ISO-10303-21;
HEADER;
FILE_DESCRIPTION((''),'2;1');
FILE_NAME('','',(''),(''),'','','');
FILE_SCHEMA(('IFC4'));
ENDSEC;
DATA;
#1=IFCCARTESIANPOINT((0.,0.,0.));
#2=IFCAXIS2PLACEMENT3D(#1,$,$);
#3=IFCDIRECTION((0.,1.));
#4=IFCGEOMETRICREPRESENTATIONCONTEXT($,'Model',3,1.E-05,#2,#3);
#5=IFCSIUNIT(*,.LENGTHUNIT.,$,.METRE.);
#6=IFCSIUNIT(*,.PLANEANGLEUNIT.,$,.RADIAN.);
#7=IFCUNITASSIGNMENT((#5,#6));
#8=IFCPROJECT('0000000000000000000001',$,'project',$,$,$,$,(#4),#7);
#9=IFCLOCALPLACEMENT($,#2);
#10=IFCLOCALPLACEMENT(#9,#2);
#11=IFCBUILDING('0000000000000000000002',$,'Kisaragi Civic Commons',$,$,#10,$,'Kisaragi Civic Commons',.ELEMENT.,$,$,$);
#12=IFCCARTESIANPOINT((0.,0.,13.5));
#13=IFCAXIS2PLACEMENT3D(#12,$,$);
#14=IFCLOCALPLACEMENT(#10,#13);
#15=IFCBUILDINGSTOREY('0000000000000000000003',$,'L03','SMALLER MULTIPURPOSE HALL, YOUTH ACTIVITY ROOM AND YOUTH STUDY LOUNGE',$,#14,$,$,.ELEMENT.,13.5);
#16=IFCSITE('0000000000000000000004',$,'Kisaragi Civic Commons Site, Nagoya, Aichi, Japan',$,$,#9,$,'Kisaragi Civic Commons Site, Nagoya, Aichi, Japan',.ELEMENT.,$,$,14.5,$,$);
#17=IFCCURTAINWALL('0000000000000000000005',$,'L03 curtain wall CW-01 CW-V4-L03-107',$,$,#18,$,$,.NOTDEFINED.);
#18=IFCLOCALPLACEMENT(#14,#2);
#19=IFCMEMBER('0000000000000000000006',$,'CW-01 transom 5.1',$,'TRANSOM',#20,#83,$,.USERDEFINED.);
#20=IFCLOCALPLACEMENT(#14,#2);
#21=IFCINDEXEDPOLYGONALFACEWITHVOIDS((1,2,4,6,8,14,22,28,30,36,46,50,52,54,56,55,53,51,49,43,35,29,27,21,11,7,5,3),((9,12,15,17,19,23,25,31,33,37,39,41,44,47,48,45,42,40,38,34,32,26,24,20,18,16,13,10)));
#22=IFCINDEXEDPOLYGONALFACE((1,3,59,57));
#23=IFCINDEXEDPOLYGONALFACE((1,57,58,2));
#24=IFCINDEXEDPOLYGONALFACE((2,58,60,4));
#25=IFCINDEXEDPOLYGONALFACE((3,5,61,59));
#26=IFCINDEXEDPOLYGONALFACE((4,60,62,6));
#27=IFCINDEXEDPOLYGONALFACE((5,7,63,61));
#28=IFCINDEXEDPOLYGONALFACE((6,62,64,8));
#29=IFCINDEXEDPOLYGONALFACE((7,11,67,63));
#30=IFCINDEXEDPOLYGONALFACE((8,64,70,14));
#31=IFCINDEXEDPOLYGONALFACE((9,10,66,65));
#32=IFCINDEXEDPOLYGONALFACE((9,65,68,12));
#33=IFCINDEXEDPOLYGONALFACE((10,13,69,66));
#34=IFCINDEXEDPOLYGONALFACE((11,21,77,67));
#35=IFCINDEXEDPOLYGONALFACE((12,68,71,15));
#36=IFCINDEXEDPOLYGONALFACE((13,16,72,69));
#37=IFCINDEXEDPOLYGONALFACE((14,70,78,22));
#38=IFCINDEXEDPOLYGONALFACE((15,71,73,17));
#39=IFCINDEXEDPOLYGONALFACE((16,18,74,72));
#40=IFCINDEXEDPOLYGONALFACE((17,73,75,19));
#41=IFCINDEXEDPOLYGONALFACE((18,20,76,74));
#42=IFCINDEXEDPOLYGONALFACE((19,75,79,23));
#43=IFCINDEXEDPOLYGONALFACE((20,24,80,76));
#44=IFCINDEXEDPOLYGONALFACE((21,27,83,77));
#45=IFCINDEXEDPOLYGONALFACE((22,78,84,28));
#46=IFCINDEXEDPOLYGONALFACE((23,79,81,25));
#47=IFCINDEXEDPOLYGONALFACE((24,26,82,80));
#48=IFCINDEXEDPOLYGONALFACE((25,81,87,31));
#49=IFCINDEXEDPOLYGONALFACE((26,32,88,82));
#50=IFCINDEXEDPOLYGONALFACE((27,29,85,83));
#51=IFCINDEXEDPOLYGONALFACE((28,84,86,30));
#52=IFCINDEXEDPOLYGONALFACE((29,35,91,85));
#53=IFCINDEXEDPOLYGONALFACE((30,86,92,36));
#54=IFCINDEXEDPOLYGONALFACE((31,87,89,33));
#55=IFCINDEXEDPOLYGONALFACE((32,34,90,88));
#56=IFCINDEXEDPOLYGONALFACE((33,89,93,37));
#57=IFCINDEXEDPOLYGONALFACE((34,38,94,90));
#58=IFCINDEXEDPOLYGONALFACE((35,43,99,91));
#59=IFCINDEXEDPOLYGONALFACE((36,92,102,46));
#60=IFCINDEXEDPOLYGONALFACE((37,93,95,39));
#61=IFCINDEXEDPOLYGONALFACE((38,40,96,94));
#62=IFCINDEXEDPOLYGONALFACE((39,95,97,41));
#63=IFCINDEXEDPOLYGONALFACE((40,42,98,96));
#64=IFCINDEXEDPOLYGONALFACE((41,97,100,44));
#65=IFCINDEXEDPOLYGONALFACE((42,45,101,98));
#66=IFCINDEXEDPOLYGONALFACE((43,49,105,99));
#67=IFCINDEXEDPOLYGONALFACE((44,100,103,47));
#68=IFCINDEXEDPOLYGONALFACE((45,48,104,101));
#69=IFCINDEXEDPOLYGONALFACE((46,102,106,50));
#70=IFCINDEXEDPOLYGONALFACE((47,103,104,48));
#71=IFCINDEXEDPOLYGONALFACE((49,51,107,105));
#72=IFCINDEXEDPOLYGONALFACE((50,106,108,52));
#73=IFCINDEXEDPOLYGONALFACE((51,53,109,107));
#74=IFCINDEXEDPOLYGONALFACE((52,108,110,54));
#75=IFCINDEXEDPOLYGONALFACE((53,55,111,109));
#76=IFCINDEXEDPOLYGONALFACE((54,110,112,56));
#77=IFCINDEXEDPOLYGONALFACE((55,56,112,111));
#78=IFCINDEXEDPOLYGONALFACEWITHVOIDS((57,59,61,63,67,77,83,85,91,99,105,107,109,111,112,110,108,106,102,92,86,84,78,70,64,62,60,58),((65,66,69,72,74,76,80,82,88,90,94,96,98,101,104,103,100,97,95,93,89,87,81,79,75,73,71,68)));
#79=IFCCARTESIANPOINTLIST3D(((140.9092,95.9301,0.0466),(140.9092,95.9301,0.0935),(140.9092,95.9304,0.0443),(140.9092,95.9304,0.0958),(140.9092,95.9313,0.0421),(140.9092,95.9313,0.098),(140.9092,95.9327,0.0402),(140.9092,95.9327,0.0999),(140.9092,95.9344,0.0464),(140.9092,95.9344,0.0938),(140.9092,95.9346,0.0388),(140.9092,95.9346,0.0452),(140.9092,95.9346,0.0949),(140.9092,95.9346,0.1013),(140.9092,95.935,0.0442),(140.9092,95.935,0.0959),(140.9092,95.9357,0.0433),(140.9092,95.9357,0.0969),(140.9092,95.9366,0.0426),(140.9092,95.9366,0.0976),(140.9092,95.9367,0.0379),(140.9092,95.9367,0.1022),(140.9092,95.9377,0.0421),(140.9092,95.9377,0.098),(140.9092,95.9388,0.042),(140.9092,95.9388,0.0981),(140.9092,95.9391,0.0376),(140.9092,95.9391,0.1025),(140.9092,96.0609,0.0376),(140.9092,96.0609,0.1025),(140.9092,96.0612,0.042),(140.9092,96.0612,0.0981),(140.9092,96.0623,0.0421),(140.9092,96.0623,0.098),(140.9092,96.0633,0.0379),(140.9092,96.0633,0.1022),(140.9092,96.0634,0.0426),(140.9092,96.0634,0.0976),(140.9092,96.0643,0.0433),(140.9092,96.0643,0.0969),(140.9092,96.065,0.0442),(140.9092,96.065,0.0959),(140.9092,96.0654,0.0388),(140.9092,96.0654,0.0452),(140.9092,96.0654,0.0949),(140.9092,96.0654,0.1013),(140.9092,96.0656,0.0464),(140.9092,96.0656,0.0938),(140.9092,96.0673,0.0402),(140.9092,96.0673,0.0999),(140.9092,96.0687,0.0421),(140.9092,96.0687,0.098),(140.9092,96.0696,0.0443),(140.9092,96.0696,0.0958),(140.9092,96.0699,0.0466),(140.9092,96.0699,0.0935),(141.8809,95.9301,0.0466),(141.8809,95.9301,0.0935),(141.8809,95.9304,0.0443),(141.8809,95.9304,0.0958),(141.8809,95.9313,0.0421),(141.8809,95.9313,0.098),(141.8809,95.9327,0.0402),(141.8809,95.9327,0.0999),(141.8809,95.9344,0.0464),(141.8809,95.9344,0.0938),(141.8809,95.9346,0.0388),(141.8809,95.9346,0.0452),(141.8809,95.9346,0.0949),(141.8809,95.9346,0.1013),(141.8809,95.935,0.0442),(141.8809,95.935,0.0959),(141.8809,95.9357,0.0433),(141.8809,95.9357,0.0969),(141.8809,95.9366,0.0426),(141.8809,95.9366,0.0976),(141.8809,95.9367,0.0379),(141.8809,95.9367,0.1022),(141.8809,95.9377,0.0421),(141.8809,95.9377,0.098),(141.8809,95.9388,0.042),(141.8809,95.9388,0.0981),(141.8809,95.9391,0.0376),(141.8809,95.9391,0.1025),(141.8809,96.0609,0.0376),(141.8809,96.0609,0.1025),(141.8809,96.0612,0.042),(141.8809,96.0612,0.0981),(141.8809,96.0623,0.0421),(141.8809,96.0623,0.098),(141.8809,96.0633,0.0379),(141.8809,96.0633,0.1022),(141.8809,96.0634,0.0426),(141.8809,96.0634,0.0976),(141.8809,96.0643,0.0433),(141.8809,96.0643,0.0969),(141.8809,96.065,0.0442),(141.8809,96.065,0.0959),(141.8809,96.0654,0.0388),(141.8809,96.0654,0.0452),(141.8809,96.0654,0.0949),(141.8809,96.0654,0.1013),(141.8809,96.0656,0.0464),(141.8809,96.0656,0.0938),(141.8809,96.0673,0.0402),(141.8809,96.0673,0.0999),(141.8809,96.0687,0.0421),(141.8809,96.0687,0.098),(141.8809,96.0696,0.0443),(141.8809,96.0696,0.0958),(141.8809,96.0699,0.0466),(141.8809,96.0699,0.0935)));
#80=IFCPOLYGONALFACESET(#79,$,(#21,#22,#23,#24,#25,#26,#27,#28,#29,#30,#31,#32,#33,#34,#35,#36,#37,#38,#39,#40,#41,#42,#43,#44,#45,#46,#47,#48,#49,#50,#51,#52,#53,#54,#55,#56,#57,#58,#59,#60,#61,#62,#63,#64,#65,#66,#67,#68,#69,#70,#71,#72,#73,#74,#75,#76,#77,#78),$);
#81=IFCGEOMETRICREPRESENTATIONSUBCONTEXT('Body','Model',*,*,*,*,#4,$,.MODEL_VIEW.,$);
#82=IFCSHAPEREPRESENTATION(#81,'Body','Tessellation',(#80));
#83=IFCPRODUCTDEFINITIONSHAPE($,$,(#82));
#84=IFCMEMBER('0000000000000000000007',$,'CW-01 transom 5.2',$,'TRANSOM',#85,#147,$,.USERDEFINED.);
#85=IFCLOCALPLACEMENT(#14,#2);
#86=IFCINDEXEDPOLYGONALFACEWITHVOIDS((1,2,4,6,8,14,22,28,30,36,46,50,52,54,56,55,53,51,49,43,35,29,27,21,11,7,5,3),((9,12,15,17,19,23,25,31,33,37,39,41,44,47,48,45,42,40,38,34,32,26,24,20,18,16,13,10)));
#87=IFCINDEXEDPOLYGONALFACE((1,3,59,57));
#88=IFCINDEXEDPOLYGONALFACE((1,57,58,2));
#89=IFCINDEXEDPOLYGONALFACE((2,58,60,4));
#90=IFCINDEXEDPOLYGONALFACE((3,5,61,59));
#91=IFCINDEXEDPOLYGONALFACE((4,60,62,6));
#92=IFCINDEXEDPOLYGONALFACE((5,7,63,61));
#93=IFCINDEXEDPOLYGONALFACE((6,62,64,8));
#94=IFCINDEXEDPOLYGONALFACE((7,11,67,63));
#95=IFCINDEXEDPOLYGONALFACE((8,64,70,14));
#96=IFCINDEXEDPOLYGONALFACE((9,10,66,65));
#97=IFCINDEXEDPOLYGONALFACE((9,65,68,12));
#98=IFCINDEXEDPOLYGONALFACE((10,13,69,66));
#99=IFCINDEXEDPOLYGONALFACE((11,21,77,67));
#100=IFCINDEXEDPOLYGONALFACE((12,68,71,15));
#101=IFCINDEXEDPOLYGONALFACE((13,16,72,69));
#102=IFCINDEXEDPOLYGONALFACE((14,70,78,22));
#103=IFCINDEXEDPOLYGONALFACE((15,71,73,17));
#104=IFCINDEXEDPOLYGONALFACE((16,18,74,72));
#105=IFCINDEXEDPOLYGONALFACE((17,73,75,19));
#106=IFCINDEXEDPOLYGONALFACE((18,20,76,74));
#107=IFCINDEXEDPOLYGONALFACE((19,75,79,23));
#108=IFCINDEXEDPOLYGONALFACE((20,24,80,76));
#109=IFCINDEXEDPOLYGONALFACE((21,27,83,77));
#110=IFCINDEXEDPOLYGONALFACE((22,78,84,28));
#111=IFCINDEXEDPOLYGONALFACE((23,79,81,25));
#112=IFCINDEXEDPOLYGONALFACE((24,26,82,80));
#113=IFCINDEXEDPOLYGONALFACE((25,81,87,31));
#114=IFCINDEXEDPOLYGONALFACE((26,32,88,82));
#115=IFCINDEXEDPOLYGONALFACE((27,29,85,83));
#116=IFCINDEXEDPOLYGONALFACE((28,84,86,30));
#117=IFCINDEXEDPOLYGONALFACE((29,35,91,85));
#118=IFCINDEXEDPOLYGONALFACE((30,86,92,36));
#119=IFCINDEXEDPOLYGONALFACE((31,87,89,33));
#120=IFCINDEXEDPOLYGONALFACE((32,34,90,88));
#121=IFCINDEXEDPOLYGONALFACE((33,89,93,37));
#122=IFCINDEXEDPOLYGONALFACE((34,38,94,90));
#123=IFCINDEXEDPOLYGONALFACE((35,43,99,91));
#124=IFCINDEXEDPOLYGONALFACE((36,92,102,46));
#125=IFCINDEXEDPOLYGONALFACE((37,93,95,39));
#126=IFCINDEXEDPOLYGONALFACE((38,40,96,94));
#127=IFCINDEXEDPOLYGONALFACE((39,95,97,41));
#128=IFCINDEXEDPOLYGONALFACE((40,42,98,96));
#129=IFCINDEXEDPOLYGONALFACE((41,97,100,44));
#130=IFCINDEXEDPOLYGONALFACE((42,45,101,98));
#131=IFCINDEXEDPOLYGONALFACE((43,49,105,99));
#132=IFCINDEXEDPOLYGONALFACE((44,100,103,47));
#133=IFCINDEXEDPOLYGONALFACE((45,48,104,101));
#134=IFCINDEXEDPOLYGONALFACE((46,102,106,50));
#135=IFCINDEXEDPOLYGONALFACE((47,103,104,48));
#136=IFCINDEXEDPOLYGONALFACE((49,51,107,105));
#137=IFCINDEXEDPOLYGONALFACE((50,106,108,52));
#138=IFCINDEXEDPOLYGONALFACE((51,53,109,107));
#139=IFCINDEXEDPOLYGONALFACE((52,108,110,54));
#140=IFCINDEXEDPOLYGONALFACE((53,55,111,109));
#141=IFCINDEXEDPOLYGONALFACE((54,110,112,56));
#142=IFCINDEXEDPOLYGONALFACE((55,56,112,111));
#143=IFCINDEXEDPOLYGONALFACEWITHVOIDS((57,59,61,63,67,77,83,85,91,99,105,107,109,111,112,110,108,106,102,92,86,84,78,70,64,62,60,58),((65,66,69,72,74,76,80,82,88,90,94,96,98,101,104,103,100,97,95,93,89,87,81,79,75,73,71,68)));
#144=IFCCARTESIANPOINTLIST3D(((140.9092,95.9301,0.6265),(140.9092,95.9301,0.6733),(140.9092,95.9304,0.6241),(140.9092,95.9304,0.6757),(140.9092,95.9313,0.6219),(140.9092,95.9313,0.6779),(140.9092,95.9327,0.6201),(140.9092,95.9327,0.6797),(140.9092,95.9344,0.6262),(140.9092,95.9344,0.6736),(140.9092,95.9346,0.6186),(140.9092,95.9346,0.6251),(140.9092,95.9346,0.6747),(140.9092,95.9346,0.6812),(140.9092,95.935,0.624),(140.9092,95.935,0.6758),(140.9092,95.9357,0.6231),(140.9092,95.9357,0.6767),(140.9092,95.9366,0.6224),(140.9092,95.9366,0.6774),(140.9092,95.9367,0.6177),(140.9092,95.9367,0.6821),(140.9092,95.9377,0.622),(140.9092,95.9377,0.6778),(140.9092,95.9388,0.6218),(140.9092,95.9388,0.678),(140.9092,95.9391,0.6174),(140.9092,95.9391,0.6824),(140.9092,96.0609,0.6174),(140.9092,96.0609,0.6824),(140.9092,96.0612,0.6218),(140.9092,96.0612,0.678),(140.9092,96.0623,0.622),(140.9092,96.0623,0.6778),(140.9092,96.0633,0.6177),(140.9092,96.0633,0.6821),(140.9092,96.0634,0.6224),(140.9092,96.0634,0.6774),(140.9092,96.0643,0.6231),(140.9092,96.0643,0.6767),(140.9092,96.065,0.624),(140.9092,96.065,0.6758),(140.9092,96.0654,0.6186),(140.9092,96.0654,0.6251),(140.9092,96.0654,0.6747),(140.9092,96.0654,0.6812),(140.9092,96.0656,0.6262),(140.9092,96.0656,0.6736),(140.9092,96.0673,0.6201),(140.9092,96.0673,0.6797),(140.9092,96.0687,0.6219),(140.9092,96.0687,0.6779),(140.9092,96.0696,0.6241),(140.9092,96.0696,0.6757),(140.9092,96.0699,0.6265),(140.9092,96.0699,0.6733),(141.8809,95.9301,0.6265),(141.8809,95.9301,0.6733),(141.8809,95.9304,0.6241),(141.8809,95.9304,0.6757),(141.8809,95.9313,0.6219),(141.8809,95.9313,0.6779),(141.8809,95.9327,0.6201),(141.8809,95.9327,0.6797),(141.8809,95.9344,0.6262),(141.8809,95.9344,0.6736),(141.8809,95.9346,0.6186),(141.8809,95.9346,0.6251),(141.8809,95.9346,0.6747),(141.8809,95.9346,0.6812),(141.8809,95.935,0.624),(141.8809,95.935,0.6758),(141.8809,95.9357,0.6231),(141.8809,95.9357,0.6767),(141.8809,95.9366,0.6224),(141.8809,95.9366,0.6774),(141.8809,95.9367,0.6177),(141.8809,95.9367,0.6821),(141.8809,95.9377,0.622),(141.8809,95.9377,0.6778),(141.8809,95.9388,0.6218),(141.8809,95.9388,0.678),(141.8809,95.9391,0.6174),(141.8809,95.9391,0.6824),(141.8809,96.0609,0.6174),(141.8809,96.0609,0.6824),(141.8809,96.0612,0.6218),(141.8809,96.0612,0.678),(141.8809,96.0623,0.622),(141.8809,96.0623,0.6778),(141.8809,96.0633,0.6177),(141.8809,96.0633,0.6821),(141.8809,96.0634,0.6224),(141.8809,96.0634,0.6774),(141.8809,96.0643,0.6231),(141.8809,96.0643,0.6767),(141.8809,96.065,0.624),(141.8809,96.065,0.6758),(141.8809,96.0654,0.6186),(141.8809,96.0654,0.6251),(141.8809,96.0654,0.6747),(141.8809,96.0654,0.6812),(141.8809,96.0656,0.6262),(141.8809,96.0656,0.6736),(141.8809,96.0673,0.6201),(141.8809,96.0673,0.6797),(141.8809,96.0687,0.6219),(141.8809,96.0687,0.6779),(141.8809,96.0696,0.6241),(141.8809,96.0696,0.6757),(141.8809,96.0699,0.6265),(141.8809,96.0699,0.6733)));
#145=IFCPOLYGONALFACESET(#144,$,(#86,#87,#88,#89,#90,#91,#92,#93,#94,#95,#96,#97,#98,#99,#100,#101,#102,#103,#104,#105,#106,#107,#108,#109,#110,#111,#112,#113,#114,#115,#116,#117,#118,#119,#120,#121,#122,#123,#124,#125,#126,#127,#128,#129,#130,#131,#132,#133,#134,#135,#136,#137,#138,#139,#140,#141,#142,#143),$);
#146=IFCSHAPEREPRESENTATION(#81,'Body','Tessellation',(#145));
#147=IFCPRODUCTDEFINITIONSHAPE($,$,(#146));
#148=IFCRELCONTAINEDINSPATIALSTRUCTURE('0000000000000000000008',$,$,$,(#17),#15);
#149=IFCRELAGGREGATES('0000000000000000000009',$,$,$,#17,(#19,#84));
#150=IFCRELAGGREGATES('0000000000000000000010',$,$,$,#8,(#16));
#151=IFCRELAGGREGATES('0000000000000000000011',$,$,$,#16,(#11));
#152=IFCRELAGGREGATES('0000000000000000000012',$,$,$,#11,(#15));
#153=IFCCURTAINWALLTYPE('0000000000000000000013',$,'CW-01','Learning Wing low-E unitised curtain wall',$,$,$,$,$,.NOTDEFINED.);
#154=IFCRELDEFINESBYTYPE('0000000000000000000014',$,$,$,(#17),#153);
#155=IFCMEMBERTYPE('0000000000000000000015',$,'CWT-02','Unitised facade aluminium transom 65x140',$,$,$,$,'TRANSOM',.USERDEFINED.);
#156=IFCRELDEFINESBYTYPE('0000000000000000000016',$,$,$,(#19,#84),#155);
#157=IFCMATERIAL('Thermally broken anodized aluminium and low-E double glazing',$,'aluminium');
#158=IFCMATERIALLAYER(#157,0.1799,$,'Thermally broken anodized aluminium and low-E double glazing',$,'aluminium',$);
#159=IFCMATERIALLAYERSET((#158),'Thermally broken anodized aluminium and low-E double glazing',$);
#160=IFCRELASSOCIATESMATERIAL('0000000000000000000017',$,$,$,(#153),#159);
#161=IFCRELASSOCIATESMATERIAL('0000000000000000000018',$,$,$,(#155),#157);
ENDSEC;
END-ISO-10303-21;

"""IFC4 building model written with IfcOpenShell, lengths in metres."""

from ifc_helpers import new_model, si_unit, direction, frame, origin, origin_2d, place, context, subcontext, project, spatial, hollow_rectangle, extrude, material, layer, layer_set, material_profile, profile_set, type_object, element, aggregate, save


model = new_model("IFC4")

# Units and contexts
model_context = context("Model", 3, precision=1e-05, world=origin(), true_north=direction((0.0, 1.0)))
body_context = subcontext(model_context, "Body", "Model", "MODEL_VIEW")
ifc_project = project(units=[si_unit("LENGTHUNIT", "METRE"), si_unit("PLANEANGLEUNIT", "RADIAN")], contexts=[model_context])

# Site, building, storey
site_placement = place(None, origin())
site = spatial("IfcSite", under=ifc_project, at=site_placement, Name="Kisaragi Civic Commons Site, Nagoya, Aichi, Japan", LongName="Kisaragi Civic Commons Site, Nagoya, Aichi, Japan", CompositionType="ELEMENT", RefElevation=14.5)
building_placement = place(site_placement, origin())
building = spatial("IfcBuilding", under=site, at=building_placement, Name="Kisaragi Civic Commons", LongName="Kisaragi Civic Commons", CompositionType="ELEMENT")
storey_placement = place(building_placement, frame((0.0, 0.0, 13.5)))
storey = spatial("IfcBuildingStorey", under=building, at=storey_placement, Name="L03", Description="SMALLER MULTIPURPOSE HALL, YOUTH ACTIVITY ROOM AND YOUTH STUDY LOUNGE", CompositionType="ELEMENT", Elevation=13.5)

# Curtain wall, members
ifc_material = material(Name="Thermally broken anodized aluminium and low-E double glazing", Category="aluminium")
ifc_layer_1 = layer(ifc_material, 0.1799, Name="Thermally broken anodized aluminium and low-E double glazing", Category="aluminium")
ifc_layer_set_1 = layer_set([ifc_layer_1], Name="Thermally broken anodized aluminium and low-E double glazing")
curtain_wall_type = type_object("IfcCurtainWallType", Name="CW-01", Description="Learning Wing low-E unitised curtain wall", PredefinedType="NOTDEFINED", material=ifc_layer_set_1)
curtain_wall_placement = place(storey_placement, origin())
curtain_wall = element("IfcCurtainWall", 1, at=curtain_wall_placement, inside=storey, type_object=curtain_wall_type, Name="L03 curtain wall CW-01 CW-V4-L03-107", PredefinedType="NOTDEFINED")
ifc_material_profile_1 = material_profile(ifc_material, hollow_rectangle(XDim=0.1399, YDim=0.0649, WallThickness=0.0044, InnerFilletRadius=0.0044, OuterFilletRadius=0.009, at=origin_2d()), Name="CWT-65x140x4.5", Category="aluminium")
ifc_profile_set_1 = profile_set([ifc_material_profile_1], Name="Thermally broken anodized aluminium and low-E double glazing")
member_type_1 = type_object("IfcMemberType", Name="CWT-02", Description="Unitised facade aluminium transom 65x140", ElementType="TRANSOM", PredefinedType="USERDEFINED", material=ifc_profile_set_1)
member_1_placement = place(storey_placement, frame((141.8809, 96.0, 0.0701), z_axis=(-1.0, 0.0, 0.0), x_axis=(0.0, -1.0, 0.0)))
member_1 = element("IfcMember", 2, at=member_1_placement, type_object=member_type_1, Name="CW-01 transom 5.1", ObjectType="TRANSOM", PredefinedType="USERDEFINED", context=body_context, shape_type="SweptSolid", body=[
    extrude(hollow_rectangle(XDim=0.1399, YDim=0.0649, WallThickness=0.0044, InnerFilletRadius=0.0044, OuterFilletRadius=0.009, at=origin_2d()), origin(), (0.0, 0.0, 1.0), 0.9717),
])
member_2_placement = place(storey_placement, frame((141.8809, 96.0, 0.6499), z_axis=(-1.0, 0.0, 0.0), x_axis=(0.0, -1.0, 0.0)))
member_2 = element("IfcMember", 3, at=member_2_placement, type_object=member_type_1, Name="CW-01 transom 5.2", ObjectType="TRANSOM", PredefinedType="USERDEFINED", context=body_context, shape_type="SweptSolid", body=[
    extrude(hollow_rectangle(XDim=0.1399, YDim=0.0649, WallThickness=0.0044, InnerFilletRadius=0.0044, OuterFilletRadius=0.009, at=origin_2d()), origin(), (0.0, 0.0, 1.0), 0.9717),
])
aggregate(curtain_wall, [member_1, member_2])

save(model, "model.ifc")
